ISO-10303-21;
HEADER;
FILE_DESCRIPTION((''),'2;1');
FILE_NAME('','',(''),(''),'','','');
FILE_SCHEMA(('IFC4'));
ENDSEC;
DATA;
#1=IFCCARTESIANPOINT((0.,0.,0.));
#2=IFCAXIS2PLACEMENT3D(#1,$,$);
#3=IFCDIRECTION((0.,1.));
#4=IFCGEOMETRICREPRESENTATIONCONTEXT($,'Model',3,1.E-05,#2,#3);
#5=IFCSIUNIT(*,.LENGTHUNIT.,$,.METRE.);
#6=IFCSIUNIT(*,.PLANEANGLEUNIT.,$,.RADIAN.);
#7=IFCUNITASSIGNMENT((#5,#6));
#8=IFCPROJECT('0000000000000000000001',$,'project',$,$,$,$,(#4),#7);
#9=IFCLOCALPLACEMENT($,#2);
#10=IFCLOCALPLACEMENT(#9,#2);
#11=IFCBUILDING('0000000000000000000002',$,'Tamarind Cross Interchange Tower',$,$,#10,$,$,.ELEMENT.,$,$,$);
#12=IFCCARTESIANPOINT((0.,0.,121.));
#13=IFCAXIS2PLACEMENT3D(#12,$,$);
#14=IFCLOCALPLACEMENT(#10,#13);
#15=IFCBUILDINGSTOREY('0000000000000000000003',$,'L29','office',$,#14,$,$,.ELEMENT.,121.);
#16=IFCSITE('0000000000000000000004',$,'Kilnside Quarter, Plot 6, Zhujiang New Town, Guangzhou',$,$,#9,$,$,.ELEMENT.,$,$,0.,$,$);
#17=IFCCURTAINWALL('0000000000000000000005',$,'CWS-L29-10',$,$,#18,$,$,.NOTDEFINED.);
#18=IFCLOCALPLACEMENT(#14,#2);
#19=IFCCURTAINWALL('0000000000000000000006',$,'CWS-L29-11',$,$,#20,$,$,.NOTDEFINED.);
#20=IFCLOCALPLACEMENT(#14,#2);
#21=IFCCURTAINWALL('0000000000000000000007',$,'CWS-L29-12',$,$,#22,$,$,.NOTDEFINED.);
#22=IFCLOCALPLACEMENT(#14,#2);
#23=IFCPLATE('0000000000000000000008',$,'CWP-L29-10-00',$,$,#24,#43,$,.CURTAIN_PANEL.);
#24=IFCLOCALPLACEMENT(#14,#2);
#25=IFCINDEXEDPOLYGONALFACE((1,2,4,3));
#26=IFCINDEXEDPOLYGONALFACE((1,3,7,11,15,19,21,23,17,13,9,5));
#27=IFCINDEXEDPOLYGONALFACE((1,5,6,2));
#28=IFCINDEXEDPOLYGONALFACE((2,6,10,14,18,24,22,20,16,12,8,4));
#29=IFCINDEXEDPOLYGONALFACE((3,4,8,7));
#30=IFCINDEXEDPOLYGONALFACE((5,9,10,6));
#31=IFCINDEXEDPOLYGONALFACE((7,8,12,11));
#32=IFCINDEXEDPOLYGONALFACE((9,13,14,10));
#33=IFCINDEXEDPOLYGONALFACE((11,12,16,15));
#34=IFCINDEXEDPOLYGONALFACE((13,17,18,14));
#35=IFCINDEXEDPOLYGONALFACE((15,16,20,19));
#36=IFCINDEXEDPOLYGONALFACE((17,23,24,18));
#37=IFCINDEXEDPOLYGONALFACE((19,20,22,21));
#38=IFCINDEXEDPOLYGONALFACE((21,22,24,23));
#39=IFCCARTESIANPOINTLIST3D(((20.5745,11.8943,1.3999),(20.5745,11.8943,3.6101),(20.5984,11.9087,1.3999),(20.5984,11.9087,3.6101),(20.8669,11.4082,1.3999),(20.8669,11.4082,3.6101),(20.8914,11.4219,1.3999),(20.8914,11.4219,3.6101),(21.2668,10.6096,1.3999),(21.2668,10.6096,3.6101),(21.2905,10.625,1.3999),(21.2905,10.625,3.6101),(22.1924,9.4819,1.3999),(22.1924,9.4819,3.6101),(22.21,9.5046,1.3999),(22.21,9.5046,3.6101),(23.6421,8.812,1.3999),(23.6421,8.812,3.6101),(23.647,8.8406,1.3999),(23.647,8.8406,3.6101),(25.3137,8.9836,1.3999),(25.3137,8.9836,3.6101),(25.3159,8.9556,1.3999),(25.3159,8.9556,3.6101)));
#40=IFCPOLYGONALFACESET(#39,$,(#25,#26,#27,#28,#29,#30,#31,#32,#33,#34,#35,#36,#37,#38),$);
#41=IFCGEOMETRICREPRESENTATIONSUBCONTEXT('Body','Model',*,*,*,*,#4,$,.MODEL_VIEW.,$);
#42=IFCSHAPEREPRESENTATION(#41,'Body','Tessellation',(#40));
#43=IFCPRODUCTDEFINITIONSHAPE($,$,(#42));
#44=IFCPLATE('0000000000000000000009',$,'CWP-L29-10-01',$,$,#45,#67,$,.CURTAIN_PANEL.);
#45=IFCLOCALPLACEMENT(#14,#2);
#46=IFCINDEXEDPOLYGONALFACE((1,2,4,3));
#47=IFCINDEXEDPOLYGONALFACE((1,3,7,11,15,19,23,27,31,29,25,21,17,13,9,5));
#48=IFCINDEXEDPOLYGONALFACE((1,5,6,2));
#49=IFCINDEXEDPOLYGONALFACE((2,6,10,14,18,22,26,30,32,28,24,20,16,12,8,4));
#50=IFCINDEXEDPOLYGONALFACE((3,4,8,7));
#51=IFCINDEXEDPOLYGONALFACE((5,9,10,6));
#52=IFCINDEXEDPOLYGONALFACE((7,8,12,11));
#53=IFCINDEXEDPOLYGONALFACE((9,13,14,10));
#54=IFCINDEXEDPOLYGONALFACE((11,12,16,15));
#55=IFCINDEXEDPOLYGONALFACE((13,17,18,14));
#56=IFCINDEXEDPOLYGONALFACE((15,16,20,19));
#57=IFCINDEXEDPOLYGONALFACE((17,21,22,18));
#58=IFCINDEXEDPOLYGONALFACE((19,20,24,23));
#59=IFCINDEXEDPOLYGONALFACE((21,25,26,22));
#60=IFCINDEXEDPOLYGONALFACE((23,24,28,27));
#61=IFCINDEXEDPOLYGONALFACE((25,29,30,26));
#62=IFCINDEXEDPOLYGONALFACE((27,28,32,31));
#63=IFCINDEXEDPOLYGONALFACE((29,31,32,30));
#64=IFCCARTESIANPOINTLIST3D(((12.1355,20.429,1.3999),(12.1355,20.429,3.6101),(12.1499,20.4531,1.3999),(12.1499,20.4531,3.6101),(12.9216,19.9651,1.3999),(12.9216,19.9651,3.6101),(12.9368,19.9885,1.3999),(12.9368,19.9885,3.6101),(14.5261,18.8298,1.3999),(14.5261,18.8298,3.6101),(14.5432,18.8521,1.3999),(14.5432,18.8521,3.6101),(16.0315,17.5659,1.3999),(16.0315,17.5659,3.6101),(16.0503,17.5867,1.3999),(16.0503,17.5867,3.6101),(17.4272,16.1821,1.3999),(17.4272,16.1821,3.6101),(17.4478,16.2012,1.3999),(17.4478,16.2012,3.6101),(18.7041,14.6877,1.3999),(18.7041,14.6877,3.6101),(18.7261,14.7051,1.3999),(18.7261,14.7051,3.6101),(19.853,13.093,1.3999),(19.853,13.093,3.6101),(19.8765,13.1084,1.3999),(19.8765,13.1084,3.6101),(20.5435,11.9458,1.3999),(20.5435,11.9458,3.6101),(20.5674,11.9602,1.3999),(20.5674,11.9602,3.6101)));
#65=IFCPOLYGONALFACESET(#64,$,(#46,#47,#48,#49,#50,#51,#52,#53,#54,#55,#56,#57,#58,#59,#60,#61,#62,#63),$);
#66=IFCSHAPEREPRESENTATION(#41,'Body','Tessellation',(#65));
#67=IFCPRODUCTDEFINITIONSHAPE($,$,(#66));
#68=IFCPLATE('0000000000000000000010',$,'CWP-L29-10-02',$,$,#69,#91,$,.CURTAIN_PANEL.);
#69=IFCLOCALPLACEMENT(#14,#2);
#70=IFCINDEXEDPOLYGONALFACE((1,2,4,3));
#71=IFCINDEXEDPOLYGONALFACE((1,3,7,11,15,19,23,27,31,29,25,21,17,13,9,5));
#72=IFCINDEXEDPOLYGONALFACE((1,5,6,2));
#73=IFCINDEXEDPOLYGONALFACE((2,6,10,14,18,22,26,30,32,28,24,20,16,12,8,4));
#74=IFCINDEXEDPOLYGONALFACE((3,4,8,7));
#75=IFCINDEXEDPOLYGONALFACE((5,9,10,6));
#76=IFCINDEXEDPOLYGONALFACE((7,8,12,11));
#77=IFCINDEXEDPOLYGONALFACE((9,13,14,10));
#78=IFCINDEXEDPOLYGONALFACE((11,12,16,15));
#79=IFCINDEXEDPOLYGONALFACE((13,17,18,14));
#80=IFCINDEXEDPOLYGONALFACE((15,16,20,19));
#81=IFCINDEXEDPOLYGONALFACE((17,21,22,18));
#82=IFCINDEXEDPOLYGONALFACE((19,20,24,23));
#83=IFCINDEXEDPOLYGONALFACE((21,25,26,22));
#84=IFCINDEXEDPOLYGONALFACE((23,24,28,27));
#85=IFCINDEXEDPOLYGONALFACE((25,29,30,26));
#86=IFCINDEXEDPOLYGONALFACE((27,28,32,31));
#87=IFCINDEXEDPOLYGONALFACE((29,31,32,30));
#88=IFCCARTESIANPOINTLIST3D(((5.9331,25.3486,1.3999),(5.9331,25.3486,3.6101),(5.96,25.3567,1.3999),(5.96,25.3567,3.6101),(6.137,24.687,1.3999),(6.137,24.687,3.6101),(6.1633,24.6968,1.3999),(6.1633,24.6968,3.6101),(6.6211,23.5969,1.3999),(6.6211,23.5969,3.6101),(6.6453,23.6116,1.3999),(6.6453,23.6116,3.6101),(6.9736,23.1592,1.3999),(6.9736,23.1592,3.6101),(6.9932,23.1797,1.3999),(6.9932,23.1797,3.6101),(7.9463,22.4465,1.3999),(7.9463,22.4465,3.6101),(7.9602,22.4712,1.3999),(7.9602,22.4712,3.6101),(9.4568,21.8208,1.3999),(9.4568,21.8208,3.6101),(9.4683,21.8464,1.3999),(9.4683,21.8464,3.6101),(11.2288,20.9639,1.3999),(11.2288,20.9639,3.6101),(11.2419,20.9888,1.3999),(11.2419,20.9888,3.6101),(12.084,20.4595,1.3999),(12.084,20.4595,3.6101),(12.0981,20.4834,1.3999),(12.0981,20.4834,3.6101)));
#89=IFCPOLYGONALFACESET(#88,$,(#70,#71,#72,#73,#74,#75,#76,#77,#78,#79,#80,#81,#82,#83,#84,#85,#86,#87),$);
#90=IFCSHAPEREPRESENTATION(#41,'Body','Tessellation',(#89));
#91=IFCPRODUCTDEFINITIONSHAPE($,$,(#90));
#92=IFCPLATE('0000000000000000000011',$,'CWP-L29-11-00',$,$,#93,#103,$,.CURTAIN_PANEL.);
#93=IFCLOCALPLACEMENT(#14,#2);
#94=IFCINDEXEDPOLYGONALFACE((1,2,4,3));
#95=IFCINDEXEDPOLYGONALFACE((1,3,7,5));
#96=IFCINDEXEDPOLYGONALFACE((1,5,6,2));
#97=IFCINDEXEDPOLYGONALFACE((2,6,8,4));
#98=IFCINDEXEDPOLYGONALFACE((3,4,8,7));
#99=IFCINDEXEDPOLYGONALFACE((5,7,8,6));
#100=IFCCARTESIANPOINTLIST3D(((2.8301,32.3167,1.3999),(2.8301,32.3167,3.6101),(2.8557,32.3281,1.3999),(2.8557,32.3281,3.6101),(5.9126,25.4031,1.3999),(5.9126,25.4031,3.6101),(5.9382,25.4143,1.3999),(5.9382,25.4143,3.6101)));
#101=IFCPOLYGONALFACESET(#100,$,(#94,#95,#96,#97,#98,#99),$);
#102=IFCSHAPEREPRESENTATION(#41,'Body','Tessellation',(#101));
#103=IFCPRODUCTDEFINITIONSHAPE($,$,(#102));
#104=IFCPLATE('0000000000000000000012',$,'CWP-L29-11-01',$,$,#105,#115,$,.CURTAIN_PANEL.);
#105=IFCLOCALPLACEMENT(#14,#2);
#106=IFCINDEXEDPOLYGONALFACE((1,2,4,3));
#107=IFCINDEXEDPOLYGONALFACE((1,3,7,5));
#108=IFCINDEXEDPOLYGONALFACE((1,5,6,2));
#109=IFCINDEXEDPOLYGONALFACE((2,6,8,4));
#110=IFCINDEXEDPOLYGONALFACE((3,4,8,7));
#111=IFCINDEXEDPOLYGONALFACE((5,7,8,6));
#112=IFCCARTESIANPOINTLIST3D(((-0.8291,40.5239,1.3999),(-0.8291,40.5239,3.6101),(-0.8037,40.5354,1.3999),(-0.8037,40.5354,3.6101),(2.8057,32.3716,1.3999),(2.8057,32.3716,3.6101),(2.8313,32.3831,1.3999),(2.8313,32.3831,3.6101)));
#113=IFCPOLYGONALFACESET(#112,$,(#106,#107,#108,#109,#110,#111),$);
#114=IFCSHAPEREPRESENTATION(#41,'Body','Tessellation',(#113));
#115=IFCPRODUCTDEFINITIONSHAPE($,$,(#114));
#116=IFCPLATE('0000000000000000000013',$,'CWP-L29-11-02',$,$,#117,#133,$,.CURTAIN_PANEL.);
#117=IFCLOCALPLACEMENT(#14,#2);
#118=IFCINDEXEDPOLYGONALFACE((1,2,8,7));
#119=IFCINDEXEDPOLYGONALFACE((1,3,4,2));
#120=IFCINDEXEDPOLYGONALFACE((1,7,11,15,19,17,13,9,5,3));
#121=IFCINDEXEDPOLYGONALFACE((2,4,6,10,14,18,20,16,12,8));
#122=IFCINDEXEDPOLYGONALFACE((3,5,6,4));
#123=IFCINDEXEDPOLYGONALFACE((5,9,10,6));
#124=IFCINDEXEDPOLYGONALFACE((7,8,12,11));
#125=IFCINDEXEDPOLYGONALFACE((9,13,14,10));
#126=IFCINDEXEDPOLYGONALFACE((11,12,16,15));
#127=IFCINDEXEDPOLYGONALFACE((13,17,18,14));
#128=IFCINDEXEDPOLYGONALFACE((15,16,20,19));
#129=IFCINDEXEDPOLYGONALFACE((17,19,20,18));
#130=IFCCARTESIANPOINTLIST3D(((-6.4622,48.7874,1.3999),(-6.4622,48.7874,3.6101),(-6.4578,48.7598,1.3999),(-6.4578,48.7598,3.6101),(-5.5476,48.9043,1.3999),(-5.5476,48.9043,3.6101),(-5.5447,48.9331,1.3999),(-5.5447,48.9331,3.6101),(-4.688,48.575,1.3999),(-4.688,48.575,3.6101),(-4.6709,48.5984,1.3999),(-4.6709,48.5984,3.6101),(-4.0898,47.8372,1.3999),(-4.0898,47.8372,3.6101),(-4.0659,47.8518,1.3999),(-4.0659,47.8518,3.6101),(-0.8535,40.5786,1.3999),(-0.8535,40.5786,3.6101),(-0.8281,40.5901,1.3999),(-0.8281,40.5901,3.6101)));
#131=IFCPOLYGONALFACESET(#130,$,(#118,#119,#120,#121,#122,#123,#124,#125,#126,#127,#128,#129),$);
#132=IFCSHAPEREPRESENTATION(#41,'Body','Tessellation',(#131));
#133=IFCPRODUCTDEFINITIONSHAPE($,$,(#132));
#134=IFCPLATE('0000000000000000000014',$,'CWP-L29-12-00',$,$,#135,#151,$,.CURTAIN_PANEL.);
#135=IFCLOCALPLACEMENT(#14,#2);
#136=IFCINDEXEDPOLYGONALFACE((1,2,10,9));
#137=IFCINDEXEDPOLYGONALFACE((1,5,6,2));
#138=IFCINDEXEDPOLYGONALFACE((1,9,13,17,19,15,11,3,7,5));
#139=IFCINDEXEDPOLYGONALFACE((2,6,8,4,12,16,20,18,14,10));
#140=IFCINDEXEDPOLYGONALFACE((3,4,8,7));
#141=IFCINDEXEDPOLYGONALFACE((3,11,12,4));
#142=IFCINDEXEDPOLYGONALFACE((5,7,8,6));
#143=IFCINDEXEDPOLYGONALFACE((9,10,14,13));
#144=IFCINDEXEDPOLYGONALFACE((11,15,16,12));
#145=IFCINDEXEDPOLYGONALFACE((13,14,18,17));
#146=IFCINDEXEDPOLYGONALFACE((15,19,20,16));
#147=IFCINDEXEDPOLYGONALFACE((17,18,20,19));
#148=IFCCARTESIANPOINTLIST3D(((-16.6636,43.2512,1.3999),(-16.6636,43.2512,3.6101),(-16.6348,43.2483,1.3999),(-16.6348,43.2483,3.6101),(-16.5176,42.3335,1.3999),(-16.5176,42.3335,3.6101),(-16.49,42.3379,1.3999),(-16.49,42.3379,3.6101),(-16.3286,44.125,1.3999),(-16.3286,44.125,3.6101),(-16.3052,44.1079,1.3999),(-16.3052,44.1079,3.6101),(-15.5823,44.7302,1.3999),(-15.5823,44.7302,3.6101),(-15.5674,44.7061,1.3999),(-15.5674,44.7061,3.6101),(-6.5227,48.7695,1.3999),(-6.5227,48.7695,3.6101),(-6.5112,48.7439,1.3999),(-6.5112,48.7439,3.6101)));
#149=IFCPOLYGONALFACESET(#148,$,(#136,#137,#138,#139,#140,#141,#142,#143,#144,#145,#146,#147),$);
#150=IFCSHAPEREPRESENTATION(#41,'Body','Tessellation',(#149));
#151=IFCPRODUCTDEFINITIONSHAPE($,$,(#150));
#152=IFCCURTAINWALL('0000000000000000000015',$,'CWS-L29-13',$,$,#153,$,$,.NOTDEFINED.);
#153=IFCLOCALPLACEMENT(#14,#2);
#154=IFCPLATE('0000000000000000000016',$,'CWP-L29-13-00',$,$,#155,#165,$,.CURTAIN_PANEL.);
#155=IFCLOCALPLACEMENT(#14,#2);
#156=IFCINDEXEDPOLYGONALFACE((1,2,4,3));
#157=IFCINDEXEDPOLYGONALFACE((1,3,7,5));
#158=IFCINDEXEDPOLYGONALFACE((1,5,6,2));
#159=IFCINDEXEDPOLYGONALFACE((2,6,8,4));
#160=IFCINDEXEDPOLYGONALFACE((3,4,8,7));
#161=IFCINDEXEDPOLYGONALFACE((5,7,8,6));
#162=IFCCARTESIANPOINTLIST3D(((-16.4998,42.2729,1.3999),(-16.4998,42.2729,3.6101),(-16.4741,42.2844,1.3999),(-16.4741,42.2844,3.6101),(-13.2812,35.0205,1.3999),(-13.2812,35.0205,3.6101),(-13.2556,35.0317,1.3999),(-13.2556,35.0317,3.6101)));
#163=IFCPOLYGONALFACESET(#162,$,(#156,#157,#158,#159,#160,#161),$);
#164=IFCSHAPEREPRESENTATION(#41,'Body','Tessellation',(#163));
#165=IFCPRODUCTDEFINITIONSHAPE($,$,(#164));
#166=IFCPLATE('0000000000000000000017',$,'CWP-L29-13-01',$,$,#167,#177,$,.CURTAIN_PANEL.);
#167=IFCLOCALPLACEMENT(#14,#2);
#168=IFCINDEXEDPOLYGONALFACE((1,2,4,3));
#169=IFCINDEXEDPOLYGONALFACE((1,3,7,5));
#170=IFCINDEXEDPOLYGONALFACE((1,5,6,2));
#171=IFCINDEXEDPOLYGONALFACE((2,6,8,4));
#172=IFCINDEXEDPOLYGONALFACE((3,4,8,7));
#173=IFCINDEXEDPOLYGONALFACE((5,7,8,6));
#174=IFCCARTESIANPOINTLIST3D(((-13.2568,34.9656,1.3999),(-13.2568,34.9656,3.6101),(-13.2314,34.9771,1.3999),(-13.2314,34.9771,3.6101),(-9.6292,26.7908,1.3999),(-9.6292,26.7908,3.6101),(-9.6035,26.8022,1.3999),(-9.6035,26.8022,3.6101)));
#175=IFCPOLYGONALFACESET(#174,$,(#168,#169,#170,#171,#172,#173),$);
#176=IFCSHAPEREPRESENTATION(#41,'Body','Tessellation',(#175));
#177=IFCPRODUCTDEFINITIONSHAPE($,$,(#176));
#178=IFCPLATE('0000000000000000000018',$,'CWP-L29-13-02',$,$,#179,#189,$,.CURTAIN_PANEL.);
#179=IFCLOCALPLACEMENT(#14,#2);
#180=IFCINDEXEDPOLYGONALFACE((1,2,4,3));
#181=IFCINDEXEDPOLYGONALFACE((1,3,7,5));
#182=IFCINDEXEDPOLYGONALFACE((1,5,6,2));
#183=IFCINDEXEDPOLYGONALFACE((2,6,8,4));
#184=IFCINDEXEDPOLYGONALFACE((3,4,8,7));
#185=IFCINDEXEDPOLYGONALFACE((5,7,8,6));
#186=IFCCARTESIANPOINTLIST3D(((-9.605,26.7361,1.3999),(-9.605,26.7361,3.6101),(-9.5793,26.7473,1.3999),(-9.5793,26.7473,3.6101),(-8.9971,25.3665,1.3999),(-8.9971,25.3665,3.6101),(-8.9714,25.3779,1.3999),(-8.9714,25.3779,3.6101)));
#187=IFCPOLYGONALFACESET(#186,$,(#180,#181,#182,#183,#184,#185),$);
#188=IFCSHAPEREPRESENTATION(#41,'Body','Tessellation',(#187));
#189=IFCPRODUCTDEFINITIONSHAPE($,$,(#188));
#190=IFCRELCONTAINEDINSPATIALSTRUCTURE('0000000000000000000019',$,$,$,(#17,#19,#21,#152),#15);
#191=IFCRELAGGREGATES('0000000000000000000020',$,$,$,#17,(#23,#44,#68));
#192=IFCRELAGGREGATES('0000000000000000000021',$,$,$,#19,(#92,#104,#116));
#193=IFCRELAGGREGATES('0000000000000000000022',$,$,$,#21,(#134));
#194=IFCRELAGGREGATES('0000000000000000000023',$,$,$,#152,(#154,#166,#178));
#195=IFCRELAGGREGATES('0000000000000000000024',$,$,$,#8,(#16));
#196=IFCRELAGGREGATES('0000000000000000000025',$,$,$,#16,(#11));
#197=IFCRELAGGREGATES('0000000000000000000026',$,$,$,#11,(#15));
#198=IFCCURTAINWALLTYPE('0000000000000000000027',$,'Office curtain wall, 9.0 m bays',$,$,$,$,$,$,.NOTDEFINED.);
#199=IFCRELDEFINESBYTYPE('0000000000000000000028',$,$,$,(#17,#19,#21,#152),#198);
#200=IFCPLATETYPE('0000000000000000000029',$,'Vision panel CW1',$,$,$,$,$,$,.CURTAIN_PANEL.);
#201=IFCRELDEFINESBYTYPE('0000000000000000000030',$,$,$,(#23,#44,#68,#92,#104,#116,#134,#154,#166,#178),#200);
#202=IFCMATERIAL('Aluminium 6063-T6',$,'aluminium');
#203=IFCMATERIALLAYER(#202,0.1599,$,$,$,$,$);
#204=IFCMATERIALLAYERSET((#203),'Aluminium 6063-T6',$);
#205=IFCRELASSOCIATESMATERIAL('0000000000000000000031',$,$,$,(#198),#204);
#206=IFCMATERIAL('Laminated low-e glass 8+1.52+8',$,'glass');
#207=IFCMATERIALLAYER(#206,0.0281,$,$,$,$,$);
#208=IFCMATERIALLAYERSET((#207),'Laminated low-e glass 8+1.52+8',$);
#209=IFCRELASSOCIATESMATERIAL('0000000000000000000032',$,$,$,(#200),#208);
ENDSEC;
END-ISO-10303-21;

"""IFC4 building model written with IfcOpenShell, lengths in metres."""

from ifc_helpers import new_model, si_unit, direction, frame, origin, place, context, subcontext, project, spatial, polyline, outline, extrude, material, layer, layer_set, type_object, element, aggregate, save


model = new_model("IFC4")

# Units and contexts
model_context = context("Model", 3, precision=1e-05, world=origin(), true_north=direction((0.0, 1.0)))
body_context = subcontext(model_context, "Body", "Model", "MODEL_VIEW")
ifc_project = project(units=[si_unit("LENGTHUNIT", "METRE"), si_unit("PLANEANGLEUNIT", "RADIAN")], contexts=[model_context])

# Site, building, storey
site_placement = place(None, origin())
site = spatial("IfcSite", under=ifc_project, at=site_placement, Name="Kilnside Quarter, Plot 6, Zhujiang New Town, Guangzhou", CompositionType="ELEMENT", RefElevation=0.0)
building_placement = place(site_placement, origin())
building = spatial("IfcBuilding", under=site, at=building_placement, Name="Tamarind Cross Interchange Tower", CompositionType="ELEMENT")
storey_placement = place(building_placement, frame((0.0, 0.0, 121.0)))
storey = spatial("IfcBuildingStorey", under=building, at=storey_placement, Name="L29", Description="office", CompositionType="ELEMENT", Elevation=121.0)

# Curtain walls
ifc_material_1 = material(Name="Aluminium 6063-T6", Category="aluminium")
ifc_layer_1 = layer(ifc_material_1, 0.1599)
ifc_layer_set_1 = layer_set([ifc_layer_1], Name="Aluminium 6063-T6")
curtain_wall_type = type_object("IfcCurtainWallType", Name="Office curtain wall, 9.0 m bays", PredefinedType="NOTDEFINED", material=ifc_layer_set_1)
curtain_wall_1_placement = place(storey_placement, origin())
curtain_wall_1 = element("IfcCurtainWall", 1, at=curtain_wall_1_placement, inside=storey, type_object=curtain_wall_type, Name="CWS-L29-10", PredefinedType="NOTDEFINED")
curtain_wall_2_placement = place(storey_placement, origin())
curtain_wall_2 = element("IfcCurtainWall", 2, at=curtain_wall_2_placement, inside=storey, type_object=curtain_wall_type, Name="CWS-L29-11", PredefinedType="NOTDEFINED")
curtain_wall_3_placement = place(storey_placement, origin())
curtain_wall_3 = element("IfcCurtainWall", 3, at=curtain_wall_3_placement, inside=storey, type_object=curtain_wall_type, Name="CWS-L29-12", PredefinedType="NOTDEFINED")

# Plates
ifc_material_2 = material(Name="Laminated low-e glass 8+1.52+8", Category="glass")
ifc_layer_2 = layer(ifc_material_2, 0.0281)
ifc_layer_set_2 = layer_set([ifc_layer_2], Name="Laminated low-e glass 8+1.52+8")
plate_type = type_object("IfcPlateType", Name="Vision panel CW1", PredefinedType="CURTAIN_PANEL", material=ifc_layer_set_2)
plate_1_placement = place(storey_placement, frame((0.0, 0.0, 1.3999)))
plate_1 = element("IfcPlate", 4, at=plate_1_placement, type_object=plate_type, Name="CWP-L29-10-00", PredefinedType="CURTAIN_PANEL", context=body_context, shape_type="SweptSolid", body=[
    extrude(outline(polyline([(25.3159, 8.9556), (23.6421, 8.812), (22.1924, 9.4819), (21.2668, 10.6096), (20.8669, 11.4082), (20.5745, 11.8943), (20.5984, 11.9087), (20.8914, 11.4219), (21.2905, 10.625), (22.21, 9.5046), (23.647, 8.8406), (25.3137, 8.9836), (25.3159, 8.9556)])), origin(), (0.0, 0.0, 1.0), 2.2102),
])
plate_2_placement = place(storey_placement, frame((0.0, 0.0, 1.3999)))
plate_2 = element("IfcPlate", 5, at=plate_2_placement, type_object=plate_type, Name="CWP-L29-10-01", PredefinedType="CURTAIN_PANEL", context=body_context, shape_type="SweptSolid", body=[
    extrude(outline(polyline([(20.5435, 11.9458), (19.853, 13.093), (18.7041, 14.6877), (17.4272, 16.1821), (16.0315, 17.5659), (14.5261, 18.8298), (12.9216, 19.9651), (12.1355, 20.429), (12.1499, 20.4531), (12.9368, 19.9885), (14.5432, 18.8521), (16.0503, 17.5867), (17.4478, 16.2012), (18.7261, 14.7051), (19.8765, 13.1084), (20.5674, 11.9602), (20.5435, 11.9458)])), origin(), (0.0, 0.0, 1.0), 2.2102),
])
plate_3_placement = place(storey_placement, frame((0.0, 0.0, 1.3999)))
plate_3 = element("IfcPlate", 6, at=plate_3_placement, type_object=plate_type, Name="CWP-L29-10-02", PredefinedType="CURTAIN_PANEL", context=body_context, shape_type="SweptSolid", body=[
    extrude(outline(polyline([(12.084, 20.4595), (11.2288, 20.9639), (9.4568, 21.8208), (7.9463, 22.4465), (6.9736, 23.1592), (6.6211, 23.5969), (6.137, 24.687), (5.9331, 25.3486), (5.96, 25.3567), (6.1633, 24.6968), (6.6453, 23.6116), (6.9932, 23.1797), (7.9602, 22.4712), (9.4683, 21.8464), (11.2419, 20.9888), (12.0981, 20.4834), (12.084, 20.4595)])), origin(), (0.0, 0.0, 1.0), 2.2102),
])
aggregate(curtain_wall_1, [plate_1, plate_2, plate_3])
plate_4_placement = place(storey_placement, frame((0.0, 0.0, 1.3999)))
plate_4 = element("IfcPlate", 7, at=plate_4_placement, type_object=plate_type, Name="CWP-L29-11-00", PredefinedType="CURTAIN_PANEL", context=body_context, shape_type="SweptSolid", body=[
    extrude(outline(polyline([(5.9126, 25.4031), (2.8301, 32.3167), (2.8557, 32.3281), (5.9382, 25.4143), (5.9126, 25.4031)])), origin(), (0.0, 0.0, 1.0), 2.2102),
])
plate_5_placement = place(storey_placement, frame((0.0, 0.0, 1.3999)))
plate_5 = element("IfcPlate", 8, at=plate_5_placement, type_object=plate_type, Name="CWP-L29-11-01", PredefinedType="CURTAIN_PANEL", context=body_context, shape_type="SweptSolid", body=[
    extrude(outline(polyline([(2.8057, 32.3716), (-0.8291, 40.5239), (-0.8037, 40.5354), (2.8313, 32.3831), (2.8057, 32.3716)])), origin(), (0.0, 0.0, 1.0), 2.2102),
])
plate_6_placement = place(storey_placement, frame((0.0, 0.0, 1.3999)))
plate_6 = element("IfcPlate", 9, at=plate_6_placement, type_object=plate_type, Name="CWP-L29-11-02", PredefinedType="CURTAIN_PANEL", context=body_context, shape_type="SweptSolid", body=[
    extrude(outline(polyline([(-0.8535, 40.5786), (-4.0898, 47.8372), (-4.688, 48.575), (-5.5476, 48.9043), (-6.4578, 48.7598), (-6.4622, 48.7874), (-5.5447, 48.9331), (-4.6709, 48.5984), (-4.0659, 47.8518), (-0.8281, 40.5901), (-0.8535, 40.5786)])), origin(), (0.0, 0.0, 1.0), 2.2102),
])
aggregate(curtain_wall_2, [plate_4, plate_5, plate_6])
plate_7_placement = place(storey_placement, frame((0.0, 0.0, 1.3999)))
plate_7 = element("IfcPlate", 10, at=plate_7_placement, type_object=plate_type, Name="CWP-L29-12-00", PredefinedType="CURTAIN_PANEL", context=body_context, shape_type="SweptSolid", body=[
    extrude(outline(polyline([(-6.5112, 48.7439), (-15.5674, 44.7061), (-16.3052, 44.1079), (-16.6348, 43.2483), (-16.49, 42.3379), (-16.5176, 42.3335), (-16.6636, 43.2512), (-16.3286, 44.125), (-15.5823, 44.7302), (-6.5227, 48.7695), (-6.5112, 48.7439)])), origin(), (0.0, 0.0, 1.0), 2.2102),
])
aggregate(curtain_wall_3, [plate_7])

# Curtain wall, plates
curtain_wall_4_placement = place(storey_placement, origin())
curtain_wall_4 = element("IfcCurtainWall", 11, at=curtain_wall_4_placement, inside=storey, type_object=curtain_wall_type, Name="CWS-L29-13", PredefinedType="NOTDEFINED")
plate_8_placement = place(storey_placement, frame((0.0, 0.0, 1.3999)))
plate_8 = element("IfcPlate", 12, at=plate_8_placement, type_object=plate_type, Name="CWP-L29-13-00", PredefinedType="CURTAIN_PANEL", context=body_context, shape_type="SweptSolid", body=[
    extrude(outline(polyline([(-16.4741, 42.2844), (-13.2556, 35.0317), (-13.2812, 35.0205), (-16.4998, 42.2729), (-16.4741, 42.2844)])), origin(), (0.0, 0.0, 1.0), 2.2102),
])
plate_9_placement = place(storey_placement, frame((0.0, 0.0, 1.3999)))
plate_9 = element("IfcPlate", 13, at=plate_9_placement, type_object=plate_type, Name="CWP-L29-13-01", PredefinedType="CURTAIN_PANEL", context=body_context, shape_type="SweptSolid", body=[
    extrude(outline(polyline([(-13.2314, 34.9771), (-9.6035, 26.8022), (-9.6292, 26.7908), (-13.2568, 34.9656), (-13.2314, 34.9771)])), origin(), (0.0, 0.0, 1.0), 2.2102),
])
plate_10_placement = place(storey_placement, frame((0.0, 0.0, 1.3999)))
plate_10 = element("IfcPlate", 14, at=plate_10_placement, type_object=plate_type, Name="CWP-L29-13-02", PredefinedType="CURTAIN_PANEL", context=body_context, shape_type="SweptSolid", body=[
    extrude(outline(polyline([(-9.5793, 26.7473), (-8.9714, 25.3779), (-8.9971, 25.3665), (-9.605, 26.7361), (-9.5793, 26.7473)])), origin(), (0.0, 0.0, 1.0), 2.2102),
])
aggregate(curtain_wall_4, [plate_8, plate_9, plate_10])

save(model, "model.ifc")
